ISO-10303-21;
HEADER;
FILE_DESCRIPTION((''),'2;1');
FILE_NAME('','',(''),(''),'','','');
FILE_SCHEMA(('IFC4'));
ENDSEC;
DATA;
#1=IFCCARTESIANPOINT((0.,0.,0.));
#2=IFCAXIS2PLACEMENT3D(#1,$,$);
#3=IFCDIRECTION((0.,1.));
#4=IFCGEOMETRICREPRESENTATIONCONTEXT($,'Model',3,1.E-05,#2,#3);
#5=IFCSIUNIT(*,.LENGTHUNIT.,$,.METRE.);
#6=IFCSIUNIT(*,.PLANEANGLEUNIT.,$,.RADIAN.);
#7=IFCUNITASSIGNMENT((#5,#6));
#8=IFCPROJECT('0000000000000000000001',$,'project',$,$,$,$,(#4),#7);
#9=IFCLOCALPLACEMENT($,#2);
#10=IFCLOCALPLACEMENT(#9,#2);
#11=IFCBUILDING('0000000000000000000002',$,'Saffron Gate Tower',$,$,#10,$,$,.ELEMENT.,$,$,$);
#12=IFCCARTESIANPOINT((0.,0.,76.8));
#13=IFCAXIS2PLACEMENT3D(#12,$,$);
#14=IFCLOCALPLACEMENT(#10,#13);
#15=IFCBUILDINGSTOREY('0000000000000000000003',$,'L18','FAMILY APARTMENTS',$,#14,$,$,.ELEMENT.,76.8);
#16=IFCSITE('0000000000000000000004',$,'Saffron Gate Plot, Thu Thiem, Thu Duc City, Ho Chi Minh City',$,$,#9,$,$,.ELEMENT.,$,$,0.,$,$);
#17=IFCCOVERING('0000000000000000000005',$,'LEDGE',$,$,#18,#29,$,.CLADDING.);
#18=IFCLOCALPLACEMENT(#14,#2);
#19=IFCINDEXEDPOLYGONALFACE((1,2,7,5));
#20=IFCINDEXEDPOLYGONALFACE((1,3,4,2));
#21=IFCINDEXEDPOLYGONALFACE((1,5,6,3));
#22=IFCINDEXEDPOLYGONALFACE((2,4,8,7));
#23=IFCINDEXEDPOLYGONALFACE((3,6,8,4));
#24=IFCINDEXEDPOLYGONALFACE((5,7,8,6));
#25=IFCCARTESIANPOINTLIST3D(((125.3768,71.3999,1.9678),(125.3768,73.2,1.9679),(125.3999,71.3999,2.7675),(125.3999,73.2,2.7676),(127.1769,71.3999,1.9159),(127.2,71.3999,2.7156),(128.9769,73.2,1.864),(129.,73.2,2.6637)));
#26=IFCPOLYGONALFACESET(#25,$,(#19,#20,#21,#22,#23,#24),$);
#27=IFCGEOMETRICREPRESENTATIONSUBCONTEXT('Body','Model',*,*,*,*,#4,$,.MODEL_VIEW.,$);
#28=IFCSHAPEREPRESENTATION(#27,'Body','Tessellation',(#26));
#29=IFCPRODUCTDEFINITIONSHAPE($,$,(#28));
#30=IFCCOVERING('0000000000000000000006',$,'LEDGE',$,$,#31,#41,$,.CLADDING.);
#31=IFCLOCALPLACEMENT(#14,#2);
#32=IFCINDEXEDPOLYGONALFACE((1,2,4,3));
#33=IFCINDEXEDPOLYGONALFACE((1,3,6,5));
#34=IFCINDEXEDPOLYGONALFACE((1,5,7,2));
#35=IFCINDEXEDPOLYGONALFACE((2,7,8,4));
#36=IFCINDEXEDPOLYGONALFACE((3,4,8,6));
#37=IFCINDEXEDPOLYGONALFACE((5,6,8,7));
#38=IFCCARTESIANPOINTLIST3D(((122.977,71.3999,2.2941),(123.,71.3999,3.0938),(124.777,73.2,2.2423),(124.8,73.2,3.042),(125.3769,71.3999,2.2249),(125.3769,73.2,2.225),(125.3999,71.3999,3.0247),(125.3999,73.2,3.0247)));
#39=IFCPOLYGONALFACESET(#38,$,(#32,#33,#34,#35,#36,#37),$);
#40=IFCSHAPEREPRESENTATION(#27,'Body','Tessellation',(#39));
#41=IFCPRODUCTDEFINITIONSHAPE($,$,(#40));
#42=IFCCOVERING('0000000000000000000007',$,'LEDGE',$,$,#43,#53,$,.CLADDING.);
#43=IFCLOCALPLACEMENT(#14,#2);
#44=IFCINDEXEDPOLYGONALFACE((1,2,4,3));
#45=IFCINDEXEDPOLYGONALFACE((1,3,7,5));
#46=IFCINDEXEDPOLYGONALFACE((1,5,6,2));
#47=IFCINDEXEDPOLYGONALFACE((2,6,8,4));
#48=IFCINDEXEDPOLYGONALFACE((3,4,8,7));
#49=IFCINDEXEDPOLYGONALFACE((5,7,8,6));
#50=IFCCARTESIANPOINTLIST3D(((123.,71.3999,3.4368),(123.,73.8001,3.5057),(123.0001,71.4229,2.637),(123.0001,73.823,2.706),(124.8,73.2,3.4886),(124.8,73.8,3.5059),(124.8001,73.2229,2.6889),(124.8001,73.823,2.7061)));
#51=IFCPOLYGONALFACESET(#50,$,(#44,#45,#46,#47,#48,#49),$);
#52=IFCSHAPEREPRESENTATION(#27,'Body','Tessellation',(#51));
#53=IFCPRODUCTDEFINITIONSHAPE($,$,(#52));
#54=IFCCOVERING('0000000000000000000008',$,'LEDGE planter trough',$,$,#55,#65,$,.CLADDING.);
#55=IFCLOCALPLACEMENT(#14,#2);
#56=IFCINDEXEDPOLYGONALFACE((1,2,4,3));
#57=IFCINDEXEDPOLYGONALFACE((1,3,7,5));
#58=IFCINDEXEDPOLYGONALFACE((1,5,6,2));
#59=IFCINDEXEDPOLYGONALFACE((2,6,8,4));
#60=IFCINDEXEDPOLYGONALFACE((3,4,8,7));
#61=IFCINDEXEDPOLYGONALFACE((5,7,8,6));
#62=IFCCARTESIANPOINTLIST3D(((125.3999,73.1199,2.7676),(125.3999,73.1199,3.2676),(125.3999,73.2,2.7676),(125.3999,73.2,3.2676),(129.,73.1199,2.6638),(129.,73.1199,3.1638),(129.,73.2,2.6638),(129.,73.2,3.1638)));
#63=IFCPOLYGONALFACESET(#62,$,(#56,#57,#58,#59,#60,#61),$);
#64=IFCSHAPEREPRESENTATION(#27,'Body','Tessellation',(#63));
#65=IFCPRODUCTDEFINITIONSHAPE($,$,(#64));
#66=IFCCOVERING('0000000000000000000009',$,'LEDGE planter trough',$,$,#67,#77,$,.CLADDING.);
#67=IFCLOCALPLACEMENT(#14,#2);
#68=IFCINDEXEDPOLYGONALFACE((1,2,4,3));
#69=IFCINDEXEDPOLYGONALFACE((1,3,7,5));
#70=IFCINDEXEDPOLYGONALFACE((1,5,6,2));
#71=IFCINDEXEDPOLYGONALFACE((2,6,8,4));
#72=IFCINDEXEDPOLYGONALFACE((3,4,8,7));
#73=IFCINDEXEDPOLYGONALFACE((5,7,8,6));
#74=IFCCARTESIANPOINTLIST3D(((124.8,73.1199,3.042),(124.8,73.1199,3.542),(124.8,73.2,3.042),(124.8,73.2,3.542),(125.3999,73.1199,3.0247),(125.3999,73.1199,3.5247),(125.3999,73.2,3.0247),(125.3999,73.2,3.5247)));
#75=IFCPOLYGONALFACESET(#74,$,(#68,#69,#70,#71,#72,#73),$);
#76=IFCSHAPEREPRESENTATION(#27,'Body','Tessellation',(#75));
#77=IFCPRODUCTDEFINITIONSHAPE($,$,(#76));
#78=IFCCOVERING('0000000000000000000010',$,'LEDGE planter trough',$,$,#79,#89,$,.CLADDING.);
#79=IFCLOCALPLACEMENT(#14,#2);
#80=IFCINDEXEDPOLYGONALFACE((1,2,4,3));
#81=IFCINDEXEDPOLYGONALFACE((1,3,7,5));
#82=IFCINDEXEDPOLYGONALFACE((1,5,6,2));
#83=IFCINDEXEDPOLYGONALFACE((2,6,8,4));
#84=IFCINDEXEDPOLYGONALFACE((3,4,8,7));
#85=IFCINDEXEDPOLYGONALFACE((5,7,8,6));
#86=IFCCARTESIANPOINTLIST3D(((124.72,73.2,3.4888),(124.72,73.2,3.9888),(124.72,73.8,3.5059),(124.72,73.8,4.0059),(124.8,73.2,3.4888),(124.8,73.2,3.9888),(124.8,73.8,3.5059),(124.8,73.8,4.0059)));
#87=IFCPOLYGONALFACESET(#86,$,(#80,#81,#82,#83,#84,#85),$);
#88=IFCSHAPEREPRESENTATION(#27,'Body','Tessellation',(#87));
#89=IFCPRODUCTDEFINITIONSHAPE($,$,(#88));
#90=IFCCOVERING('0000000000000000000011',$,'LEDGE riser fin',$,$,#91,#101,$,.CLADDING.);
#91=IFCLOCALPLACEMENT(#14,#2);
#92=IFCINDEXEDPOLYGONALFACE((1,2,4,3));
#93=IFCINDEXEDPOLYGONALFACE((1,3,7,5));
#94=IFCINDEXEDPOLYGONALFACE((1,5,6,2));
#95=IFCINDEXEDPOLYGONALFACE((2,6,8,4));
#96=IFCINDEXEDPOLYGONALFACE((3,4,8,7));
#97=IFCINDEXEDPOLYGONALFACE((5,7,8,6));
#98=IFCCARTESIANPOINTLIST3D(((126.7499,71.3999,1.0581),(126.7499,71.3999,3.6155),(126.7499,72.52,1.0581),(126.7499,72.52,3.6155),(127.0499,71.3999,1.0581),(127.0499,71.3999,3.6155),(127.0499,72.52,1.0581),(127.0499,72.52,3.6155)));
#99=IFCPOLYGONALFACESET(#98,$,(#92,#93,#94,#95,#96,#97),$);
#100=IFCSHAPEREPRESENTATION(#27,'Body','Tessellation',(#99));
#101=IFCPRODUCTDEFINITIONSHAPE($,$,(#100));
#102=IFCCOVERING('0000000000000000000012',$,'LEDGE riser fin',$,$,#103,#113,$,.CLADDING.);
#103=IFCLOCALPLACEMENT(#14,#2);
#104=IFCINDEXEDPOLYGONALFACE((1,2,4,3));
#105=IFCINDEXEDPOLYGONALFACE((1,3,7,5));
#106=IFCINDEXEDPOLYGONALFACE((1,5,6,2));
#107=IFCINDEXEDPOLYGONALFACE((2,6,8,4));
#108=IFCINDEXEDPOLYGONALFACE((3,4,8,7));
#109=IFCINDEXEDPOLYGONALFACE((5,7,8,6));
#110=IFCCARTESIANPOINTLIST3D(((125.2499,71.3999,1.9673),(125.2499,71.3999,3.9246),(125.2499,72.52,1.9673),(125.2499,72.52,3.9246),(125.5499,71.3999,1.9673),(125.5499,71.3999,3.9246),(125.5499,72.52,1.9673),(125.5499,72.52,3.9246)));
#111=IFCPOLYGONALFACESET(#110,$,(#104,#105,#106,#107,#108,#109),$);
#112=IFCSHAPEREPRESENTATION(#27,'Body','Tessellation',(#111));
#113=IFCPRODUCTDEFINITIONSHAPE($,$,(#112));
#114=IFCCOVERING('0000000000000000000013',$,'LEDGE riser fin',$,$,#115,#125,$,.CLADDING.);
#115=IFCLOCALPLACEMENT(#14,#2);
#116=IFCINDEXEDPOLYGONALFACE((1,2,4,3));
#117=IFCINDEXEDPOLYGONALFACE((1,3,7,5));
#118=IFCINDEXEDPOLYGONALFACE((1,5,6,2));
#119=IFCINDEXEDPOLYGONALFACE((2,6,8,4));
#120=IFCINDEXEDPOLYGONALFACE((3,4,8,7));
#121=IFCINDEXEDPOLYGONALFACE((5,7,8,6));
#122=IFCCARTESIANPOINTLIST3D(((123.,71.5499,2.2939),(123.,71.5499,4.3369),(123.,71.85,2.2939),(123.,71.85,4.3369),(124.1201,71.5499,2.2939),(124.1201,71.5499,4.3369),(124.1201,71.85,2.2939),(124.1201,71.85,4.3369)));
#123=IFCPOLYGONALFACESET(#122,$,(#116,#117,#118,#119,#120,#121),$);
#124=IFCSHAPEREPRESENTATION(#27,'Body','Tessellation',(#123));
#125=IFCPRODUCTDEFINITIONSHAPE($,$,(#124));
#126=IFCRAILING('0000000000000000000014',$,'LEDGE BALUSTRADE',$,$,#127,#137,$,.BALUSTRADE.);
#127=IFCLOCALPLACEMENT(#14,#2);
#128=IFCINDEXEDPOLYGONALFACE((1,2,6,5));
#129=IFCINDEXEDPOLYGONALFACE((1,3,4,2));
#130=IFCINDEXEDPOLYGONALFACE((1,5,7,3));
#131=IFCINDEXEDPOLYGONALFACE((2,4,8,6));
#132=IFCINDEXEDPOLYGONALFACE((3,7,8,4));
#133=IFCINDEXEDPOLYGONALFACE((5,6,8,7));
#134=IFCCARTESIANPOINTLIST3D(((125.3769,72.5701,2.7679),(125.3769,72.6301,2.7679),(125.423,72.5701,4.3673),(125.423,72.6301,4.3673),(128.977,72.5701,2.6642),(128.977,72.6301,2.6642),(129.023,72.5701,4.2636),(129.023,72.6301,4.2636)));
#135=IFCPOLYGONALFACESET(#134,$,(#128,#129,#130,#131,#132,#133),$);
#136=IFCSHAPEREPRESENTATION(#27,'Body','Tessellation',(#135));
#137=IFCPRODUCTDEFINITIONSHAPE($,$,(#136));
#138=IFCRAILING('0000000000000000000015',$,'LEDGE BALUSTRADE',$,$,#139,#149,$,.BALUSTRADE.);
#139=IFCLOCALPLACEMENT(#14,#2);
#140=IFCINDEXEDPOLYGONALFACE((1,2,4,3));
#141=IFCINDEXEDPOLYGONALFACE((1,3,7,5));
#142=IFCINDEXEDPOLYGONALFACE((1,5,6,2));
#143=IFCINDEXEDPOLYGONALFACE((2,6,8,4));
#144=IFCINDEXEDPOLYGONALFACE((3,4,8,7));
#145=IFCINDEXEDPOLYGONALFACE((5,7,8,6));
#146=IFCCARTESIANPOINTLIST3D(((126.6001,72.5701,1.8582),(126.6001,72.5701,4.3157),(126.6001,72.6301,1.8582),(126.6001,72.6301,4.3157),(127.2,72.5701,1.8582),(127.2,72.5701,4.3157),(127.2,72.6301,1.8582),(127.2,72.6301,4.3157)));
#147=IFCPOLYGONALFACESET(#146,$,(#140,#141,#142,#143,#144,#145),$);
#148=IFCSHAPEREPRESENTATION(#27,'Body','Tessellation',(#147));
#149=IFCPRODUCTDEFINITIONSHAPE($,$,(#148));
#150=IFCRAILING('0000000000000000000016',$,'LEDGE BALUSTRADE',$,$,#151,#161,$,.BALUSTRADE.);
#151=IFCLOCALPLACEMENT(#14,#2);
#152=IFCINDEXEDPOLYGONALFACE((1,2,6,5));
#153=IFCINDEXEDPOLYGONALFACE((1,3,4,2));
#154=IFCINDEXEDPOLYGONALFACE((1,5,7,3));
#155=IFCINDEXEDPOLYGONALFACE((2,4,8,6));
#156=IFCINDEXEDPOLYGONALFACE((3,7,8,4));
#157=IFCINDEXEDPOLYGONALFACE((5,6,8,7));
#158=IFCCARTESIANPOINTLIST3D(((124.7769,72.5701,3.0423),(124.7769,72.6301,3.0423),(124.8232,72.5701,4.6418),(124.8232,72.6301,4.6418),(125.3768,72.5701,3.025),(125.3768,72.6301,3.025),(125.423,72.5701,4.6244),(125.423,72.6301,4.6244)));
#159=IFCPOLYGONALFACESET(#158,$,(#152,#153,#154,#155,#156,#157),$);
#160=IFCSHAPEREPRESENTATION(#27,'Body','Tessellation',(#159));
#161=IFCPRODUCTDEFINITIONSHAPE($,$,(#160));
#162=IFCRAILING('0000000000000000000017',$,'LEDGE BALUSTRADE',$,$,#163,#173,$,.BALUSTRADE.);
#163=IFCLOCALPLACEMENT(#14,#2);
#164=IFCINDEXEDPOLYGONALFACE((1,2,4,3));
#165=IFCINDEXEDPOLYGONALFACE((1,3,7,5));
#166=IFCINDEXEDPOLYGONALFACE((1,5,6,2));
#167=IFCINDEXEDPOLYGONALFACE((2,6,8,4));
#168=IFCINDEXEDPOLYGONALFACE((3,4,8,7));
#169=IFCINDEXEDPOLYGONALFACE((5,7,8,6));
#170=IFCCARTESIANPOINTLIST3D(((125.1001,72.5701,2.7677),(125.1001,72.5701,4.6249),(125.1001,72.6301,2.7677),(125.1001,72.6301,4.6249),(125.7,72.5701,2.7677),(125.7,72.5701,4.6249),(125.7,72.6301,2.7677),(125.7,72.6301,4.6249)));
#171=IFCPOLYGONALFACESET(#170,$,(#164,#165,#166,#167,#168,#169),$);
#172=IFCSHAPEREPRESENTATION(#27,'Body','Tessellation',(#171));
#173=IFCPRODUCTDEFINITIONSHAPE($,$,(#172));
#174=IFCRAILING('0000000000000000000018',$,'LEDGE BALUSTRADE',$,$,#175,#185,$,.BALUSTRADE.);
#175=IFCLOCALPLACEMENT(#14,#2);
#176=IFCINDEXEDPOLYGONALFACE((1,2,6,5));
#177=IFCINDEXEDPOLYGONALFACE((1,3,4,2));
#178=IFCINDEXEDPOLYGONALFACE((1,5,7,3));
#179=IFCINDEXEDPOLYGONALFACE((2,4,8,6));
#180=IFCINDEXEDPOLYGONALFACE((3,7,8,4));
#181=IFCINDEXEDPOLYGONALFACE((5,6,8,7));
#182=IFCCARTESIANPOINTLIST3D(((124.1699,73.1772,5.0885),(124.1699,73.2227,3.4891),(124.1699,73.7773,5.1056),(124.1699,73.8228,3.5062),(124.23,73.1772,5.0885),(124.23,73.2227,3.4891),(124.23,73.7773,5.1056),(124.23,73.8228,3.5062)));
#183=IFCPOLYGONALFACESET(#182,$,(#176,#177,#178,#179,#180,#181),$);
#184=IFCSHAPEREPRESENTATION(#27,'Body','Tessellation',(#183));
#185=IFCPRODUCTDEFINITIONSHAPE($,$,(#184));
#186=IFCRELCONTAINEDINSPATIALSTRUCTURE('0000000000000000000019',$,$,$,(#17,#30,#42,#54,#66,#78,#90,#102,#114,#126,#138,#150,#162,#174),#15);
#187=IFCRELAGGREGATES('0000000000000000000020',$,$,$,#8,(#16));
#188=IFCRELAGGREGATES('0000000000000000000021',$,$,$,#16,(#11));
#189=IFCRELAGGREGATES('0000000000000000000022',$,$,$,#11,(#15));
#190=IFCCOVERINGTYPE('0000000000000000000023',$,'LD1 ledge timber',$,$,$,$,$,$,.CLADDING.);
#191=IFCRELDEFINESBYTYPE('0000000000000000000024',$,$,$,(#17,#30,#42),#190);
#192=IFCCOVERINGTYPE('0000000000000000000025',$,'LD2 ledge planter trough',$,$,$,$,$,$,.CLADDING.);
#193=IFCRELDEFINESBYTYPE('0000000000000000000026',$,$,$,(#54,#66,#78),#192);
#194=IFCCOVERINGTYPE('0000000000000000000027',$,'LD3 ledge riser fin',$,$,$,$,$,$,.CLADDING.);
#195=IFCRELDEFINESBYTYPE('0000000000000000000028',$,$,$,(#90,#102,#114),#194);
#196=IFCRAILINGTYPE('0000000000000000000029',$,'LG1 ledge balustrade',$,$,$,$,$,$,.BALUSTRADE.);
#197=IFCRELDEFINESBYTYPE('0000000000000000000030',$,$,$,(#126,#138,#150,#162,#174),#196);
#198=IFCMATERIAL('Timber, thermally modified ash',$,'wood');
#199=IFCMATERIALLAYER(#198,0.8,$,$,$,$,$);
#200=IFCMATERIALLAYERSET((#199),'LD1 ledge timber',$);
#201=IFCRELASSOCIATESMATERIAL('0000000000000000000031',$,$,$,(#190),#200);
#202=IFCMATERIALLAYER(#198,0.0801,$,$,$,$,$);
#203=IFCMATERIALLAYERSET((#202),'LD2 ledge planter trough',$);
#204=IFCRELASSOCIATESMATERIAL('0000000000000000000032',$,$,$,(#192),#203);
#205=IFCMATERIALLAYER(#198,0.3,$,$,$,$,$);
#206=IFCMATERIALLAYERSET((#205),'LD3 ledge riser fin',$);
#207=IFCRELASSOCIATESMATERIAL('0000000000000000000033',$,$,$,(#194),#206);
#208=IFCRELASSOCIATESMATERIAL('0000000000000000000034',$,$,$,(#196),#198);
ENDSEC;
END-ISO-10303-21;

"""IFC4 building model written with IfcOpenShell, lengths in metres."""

from ifc_helpers import new_model, si_unit, direction, frame, origin, origin_2d, place, context, subcontext, project, spatial, polyline, rectangle, outline, extrude, material, layer, layer_set, type_object, element, save


model = new_model("IFC4")

# Units and contexts
model_context = context("Model", 3, precision=1e-05, world=origin(), true_north=direction((0.0, 1.0)))
body_context = subcontext(model_context, "Body", "Model", "MODEL_VIEW")
ifc_project = project(units=[si_unit("LENGTHUNIT", "METRE"), si_unit("PLANEANGLEUNIT", "RADIAN")], contexts=[model_context])

# Site, building, storey
site_placement = place(None, origin())
site = spatial("IfcSite", under=ifc_project, at=site_placement, Name="Saffron Gate Plot, Thu Thiem, Thu Duc City, Ho Chi Minh City", CompositionType="ELEMENT", RefElevation=0.0)
building_placement = place(site_placement, origin())
building = spatial("IfcBuilding", under=site, at=building_placement, Name="Saffron Gate Tower", CompositionType="ELEMENT")
storey_placement = place(building_placement, frame((0.0, 0.0, 76.8)))
storey = spatial("IfcBuildingStorey", under=building, at=storey_placement, Name="L18", Description="FAMILY APARTMENTS", CompositionType="ELEMENT", Elevation=76.8)

# Coverings
ifc_material_1 = material(Name="Timber, thermally modified ash", Category="wood")
ifc_layer_1 = layer(ifc_material_1, 0.8)
ifc_layer_set_1 = layer_set([ifc_layer_1], Name="LD1 ledge timber")
covering_type_1 = type_object("IfcCoveringType", Name="LD1 ledge timber", PredefinedType="CLADDING", material=ifc_layer_set_1)
covering_1_placement = place(storey_placement, frame((127.2, 71.3999, 2.7156), z_axis=(0.028832, -0.000045, 0.999584), x_axis=(-0.999584, 0.0, 0.028832)))
element("IfcCovering", 1, at=covering_1_placement, inside=storey, type_object=covering_type_1, Name="LEDGE", PredefinedType="CLADDING", context=body_context, shape_type="SweptSolid", body=[
    extrude(outline(polyline([(0.0, 0.0), (1.8008, 0.0), (1.8008, -1.8), (-1.8008, -1.8), (0.0, 0.0)])), origin(), (0.0, 0.0, -1.0), 0.8),
])
covering_2_placement = place(storey_placement, frame((125.3999, 71.3999, 3.0247), z_axis=(0.028799, -0.000029, 0.999585), x_axis=(-0.999585, 0.0, 0.028799)))
element("IfcCovering", 2, at=covering_2_placement, inside=storey, type_object=covering_type_1, Name="LEDGE", PredefinedType="CLADDING", context=body_context, shape_type="SweptSolid", body=[
    extrude(outline(polyline([(0.0, 0.0), (2.4009, 0.0), (0.6001, -1.8), (0.0, -1.8), (0.0, 0.0)])), origin(), (0.0, 0.0, -1.0), 0.8),
])
covering_3_placement = place(storey_placement, frame((123.0, 71.3999, 3.4368), z_axis=(-0.000082, -0.028713, 0.999588), x_axis=(0.0, 0.999588, 0.028713)))
element("IfcCovering", 3, at=covering_3_placement, inside=storey, type_object=covering_type_1, Name="LEDGE", PredefinedType="CLADDING", context=body_context, shape_type="SweptSolid", body=[
    extrude(outline(polyline([(0.0, 0.0), (2.4011, 0.0), (2.4011, -1.8), (1.8008, -1.8), (0.0, 0.0)])), origin(), (0.0, 0.0, -1.0), 0.8),
])
ifc_layer_2 = layer(ifc_material_1, 0.0801)
ifc_layer_set_2 = layer_set([ifc_layer_2], Name="LD2 ledge planter trough")
covering_type_2 = type_object("IfcCoveringType", Name="LD2 ledge planter trough", PredefinedType="CLADDING", material=ifc_layer_set_2)
covering_4_placement = place(storey_placement, frame((129.0, 73.2, 2.6638), z_axis=(0.0, 1.0, 0.0), x_axis=(-0.999585, 0.0, 0.028809)))
element("IfcCovering", 4, at=covering_4_placement, inside=storey, type_object=covering_type_2, Name="LEDGE planter trough", PredefinedType="CLADDING", context=body_context, shape_type="SweptSolid", body=[
    extrude(outline(polyline([(0.0, 0.0), (3.6016, 0.0), (3.616, 0.4998), (0.0144, 0.4998), (0.0, 0.0)])), origin(), (0.0, 0.0, -1.0), 0.0801),
])
covering_5_placement = place(storey_placement, frame((125.3999, 73.2, 3.0247), z_axis=(0.0, 1.0, 0.0), x_axis=(-0.999583, 0.0, 0.028885)))
element("IfcCovering", 5, at=covering_5_placement, inside=storey, type_object=covering_type_2, Name="LEDGE planter trough", PredefinedType="CLADDING", context=body_context, shape_type="SweptSolid", body=[
    extrude(outline(polyline([(0.0, 0.0), (0.6001, 0.0), (0.6145, 0.4998), (0.0144, 0.4998), (0.0, 0.0)])), origin(), (0.0, 0.0, -1.0), 0.0801),
])
covering_6_placement = place(storey_placement, frame((124.8, 73.2, 3.4888), z_axis=(1.0, 0.0, 0.0), x_axis=(0.0, 0.999595, 0.028467)))
element("IfcCovering", 6, at=covering_6_placement, inside=storey, type_object=covering_type_2, Name="LEDGE planter trough", PredefinedType="CLADDING", context=body_context, shape_type="SweptSolid", body=[
    extrude(outline(polyline([(0.0, 0.0), (0.6003, 0.0), (0.6146, 0.4998), (0.0142, 0.4998), (0.0, 0.0)])), origin(), (0.0, 0.0, -1.0), 0.0801),
])
ifc_layer_3 = layer(ifc_material_1, 0.3)
ifc_layer_set_3 = layer_set([ifc_layer_3], Name="LD3 ledge riser fin")
covering_type_3 = type_object("IfcCoveringType", Name="LD3 ledge riser fin", PredefinedType="CLADDING", material=ifc_layer_set_3)
covering_7_placement = place(storey_placement, frame((126.8999, 71.96, 1.0581), z_axis=(0.0, 0.0, 1.0), x_axis=(-1.0, 0.0, 0.0)))
element("IfcCovering", 7, at=covering_7_placement, inside=storey, type_object=covering_type_3, Name="LEDGE riser fin", PredefinedType="CLADDING", context=body_context, shape_type="SweptSolid", body=[
    extrude(rectangle(XDim=0.3, YDim=1.1201, at=origin_2d()), origin(), (0.0, 0.0, 1.0), 2.5574),
])
covering_8_placement = place(storey_placement, frame((125.3999, 71.96, 1.9673), z_axis=(0.0, 0.0, 1.0), x_axis=(-1.0, 0.0, 0.0)))
element("IfcCovering", 8, at=covering_8_placement, inside=storey, type_object=covering_type_3, Name="LEDGE riser fin", PredefinedType="CLADDING", context=body_context, shape_type="SweptSolid", body=[
    extrude(rectangle(XDim=0.3, YDim=1.1201, at=origin_2d()), origin(), (0.0, 0.0, 1.0), 1.9573),
])
covering_9_placement = place(storey_placement, frame((123.5601, 71.7, 2.2939), z_axis=(0.0, 0.0, 1.0), x_axis=(0.0, 1.0, 0.0)))
element("IfcCovering", 9, at=covering_9_placement, inside=storey, type_object=covering_type_3, Name="LEDGE riser fin", PredefinedType="CLADDING", context=body_context, shape_type="SweptSolid", body=[
    extrude(rectangle(XDim=0.3, YDim=1.1201, at=origin_2d()), origin(), (0.0, 0.0, 1.0), 2.043),
])

# Railings
railing_type = type_object("IfcRailingType", Name="LG1 ledge balustrade", PredefinedType="BALUSTRADE", material=ifc_material_1)
railing_1_placement = place(storey_placement, frame((129.0, 72.6001, 2.6638)))
element("IfcRailing", 10, at=railing_1_placement, inside=storey, type_object=railing_type, Name="LEDGE BALUSTRADE", PredefinedType="BALUSTRADE", context=body_context, shape_type="SweptSolid", body=[
    extrude(rectangle(XDim=0.0601, YDim=1.6001, at=origin_2d()), frame((0.0, 0.0, 0.8), z_axis=(-0.999585, 0.0, 0.028809), x_axis=(0.0, -1.0, 0.0)), (0.0, 0.0, 1.0), 3.6016),
])
railing_2_placement = place(storey_placement, frame((127.2, 72.6001, 1.8582)))
element("IfcRailing", 11, at=railing_2_placement, inside=storey, type_object=railing_type, Name="LEDGE BALUSTRADE", PredefinedType="BALUSTRADE", context=body_context, shape_type="SweptSolid", body=[
    extrude(rectangle(XDim=0.0601, YDim=2.4575, at=origin_2d()), frame((0.0, 0.0, 1.2288), z_axis=(-1.0, 0.0, 0.0), x_axis=(0.0, -1.0, 0.0)), (0.0, 0.0, 1.0), 0.5999),
])
railing_3_placement = place(storey_placement, frame((125.3999, 72.6001, 3.0247)))
element("IfcRailing", 12, at=railing_3_placement, inside=storey, type_object=railing_type, Name="LEDGE BALUSTRADE", PredefinedType="BALUSTRADE", context=body_context, shape_type="SweptSolid", body=[
    extrude(rectangle(XDim=0.0601, YDim=1.6001, at=origin_2d()), frame((0.0, 0.0, 0.8), z_axis=(-0.999583, 0.0, 0.028885), x_axis=(0.0, -1.0, 0.0)), (0.0, 0.0, 1.0), 0.6001),
])
railing_4_placement = place(storey_placement, frame((125.7, 72.6001, 2.7676)))
element("IfcRailing", 13, at=railing_4_placement, inside=storey, type_object=railing_type, Name="LEDGE BALUSTRADE", PredefinedType="BALUSTRADE", context=body_context, shape_type="SweptSolid", body=[
    extrude(rectangle(XDim=0.0601, YDim=1.8572, at=origin_2d()), frame((0.0, 0.0, 0.9287), z_axis=(-1.0, 0.0, 0.0), x_axis=(0.0, -1.0, 0.0)), (0.0, 0.0, 1.0), 0.5999),
])
railing_5_placement = place(storey_placement, frame((124.2, 73.2, 3.4888)))
element("IfcRailing", 14, at=railing_5_placement, inside=storey, type_object=railing_type, Name="LEDGE BALUSTRADE", PredefinedType="BALUSTRADE", context=body_context, shape_type="SweptSolid", body=[
    extrude(rectangle(XDim=0.0601, YDim=1.6001, at=origin_2d()), frame((0.0, 0.0, 0.8), z_axis=(0.0, 0.999595, 0.028467), x_axis=(-1.0, 0.0, 0.0)), (0.0, 0.0, 1.0), 0.6003),
])

save(model, "model.ifc")
